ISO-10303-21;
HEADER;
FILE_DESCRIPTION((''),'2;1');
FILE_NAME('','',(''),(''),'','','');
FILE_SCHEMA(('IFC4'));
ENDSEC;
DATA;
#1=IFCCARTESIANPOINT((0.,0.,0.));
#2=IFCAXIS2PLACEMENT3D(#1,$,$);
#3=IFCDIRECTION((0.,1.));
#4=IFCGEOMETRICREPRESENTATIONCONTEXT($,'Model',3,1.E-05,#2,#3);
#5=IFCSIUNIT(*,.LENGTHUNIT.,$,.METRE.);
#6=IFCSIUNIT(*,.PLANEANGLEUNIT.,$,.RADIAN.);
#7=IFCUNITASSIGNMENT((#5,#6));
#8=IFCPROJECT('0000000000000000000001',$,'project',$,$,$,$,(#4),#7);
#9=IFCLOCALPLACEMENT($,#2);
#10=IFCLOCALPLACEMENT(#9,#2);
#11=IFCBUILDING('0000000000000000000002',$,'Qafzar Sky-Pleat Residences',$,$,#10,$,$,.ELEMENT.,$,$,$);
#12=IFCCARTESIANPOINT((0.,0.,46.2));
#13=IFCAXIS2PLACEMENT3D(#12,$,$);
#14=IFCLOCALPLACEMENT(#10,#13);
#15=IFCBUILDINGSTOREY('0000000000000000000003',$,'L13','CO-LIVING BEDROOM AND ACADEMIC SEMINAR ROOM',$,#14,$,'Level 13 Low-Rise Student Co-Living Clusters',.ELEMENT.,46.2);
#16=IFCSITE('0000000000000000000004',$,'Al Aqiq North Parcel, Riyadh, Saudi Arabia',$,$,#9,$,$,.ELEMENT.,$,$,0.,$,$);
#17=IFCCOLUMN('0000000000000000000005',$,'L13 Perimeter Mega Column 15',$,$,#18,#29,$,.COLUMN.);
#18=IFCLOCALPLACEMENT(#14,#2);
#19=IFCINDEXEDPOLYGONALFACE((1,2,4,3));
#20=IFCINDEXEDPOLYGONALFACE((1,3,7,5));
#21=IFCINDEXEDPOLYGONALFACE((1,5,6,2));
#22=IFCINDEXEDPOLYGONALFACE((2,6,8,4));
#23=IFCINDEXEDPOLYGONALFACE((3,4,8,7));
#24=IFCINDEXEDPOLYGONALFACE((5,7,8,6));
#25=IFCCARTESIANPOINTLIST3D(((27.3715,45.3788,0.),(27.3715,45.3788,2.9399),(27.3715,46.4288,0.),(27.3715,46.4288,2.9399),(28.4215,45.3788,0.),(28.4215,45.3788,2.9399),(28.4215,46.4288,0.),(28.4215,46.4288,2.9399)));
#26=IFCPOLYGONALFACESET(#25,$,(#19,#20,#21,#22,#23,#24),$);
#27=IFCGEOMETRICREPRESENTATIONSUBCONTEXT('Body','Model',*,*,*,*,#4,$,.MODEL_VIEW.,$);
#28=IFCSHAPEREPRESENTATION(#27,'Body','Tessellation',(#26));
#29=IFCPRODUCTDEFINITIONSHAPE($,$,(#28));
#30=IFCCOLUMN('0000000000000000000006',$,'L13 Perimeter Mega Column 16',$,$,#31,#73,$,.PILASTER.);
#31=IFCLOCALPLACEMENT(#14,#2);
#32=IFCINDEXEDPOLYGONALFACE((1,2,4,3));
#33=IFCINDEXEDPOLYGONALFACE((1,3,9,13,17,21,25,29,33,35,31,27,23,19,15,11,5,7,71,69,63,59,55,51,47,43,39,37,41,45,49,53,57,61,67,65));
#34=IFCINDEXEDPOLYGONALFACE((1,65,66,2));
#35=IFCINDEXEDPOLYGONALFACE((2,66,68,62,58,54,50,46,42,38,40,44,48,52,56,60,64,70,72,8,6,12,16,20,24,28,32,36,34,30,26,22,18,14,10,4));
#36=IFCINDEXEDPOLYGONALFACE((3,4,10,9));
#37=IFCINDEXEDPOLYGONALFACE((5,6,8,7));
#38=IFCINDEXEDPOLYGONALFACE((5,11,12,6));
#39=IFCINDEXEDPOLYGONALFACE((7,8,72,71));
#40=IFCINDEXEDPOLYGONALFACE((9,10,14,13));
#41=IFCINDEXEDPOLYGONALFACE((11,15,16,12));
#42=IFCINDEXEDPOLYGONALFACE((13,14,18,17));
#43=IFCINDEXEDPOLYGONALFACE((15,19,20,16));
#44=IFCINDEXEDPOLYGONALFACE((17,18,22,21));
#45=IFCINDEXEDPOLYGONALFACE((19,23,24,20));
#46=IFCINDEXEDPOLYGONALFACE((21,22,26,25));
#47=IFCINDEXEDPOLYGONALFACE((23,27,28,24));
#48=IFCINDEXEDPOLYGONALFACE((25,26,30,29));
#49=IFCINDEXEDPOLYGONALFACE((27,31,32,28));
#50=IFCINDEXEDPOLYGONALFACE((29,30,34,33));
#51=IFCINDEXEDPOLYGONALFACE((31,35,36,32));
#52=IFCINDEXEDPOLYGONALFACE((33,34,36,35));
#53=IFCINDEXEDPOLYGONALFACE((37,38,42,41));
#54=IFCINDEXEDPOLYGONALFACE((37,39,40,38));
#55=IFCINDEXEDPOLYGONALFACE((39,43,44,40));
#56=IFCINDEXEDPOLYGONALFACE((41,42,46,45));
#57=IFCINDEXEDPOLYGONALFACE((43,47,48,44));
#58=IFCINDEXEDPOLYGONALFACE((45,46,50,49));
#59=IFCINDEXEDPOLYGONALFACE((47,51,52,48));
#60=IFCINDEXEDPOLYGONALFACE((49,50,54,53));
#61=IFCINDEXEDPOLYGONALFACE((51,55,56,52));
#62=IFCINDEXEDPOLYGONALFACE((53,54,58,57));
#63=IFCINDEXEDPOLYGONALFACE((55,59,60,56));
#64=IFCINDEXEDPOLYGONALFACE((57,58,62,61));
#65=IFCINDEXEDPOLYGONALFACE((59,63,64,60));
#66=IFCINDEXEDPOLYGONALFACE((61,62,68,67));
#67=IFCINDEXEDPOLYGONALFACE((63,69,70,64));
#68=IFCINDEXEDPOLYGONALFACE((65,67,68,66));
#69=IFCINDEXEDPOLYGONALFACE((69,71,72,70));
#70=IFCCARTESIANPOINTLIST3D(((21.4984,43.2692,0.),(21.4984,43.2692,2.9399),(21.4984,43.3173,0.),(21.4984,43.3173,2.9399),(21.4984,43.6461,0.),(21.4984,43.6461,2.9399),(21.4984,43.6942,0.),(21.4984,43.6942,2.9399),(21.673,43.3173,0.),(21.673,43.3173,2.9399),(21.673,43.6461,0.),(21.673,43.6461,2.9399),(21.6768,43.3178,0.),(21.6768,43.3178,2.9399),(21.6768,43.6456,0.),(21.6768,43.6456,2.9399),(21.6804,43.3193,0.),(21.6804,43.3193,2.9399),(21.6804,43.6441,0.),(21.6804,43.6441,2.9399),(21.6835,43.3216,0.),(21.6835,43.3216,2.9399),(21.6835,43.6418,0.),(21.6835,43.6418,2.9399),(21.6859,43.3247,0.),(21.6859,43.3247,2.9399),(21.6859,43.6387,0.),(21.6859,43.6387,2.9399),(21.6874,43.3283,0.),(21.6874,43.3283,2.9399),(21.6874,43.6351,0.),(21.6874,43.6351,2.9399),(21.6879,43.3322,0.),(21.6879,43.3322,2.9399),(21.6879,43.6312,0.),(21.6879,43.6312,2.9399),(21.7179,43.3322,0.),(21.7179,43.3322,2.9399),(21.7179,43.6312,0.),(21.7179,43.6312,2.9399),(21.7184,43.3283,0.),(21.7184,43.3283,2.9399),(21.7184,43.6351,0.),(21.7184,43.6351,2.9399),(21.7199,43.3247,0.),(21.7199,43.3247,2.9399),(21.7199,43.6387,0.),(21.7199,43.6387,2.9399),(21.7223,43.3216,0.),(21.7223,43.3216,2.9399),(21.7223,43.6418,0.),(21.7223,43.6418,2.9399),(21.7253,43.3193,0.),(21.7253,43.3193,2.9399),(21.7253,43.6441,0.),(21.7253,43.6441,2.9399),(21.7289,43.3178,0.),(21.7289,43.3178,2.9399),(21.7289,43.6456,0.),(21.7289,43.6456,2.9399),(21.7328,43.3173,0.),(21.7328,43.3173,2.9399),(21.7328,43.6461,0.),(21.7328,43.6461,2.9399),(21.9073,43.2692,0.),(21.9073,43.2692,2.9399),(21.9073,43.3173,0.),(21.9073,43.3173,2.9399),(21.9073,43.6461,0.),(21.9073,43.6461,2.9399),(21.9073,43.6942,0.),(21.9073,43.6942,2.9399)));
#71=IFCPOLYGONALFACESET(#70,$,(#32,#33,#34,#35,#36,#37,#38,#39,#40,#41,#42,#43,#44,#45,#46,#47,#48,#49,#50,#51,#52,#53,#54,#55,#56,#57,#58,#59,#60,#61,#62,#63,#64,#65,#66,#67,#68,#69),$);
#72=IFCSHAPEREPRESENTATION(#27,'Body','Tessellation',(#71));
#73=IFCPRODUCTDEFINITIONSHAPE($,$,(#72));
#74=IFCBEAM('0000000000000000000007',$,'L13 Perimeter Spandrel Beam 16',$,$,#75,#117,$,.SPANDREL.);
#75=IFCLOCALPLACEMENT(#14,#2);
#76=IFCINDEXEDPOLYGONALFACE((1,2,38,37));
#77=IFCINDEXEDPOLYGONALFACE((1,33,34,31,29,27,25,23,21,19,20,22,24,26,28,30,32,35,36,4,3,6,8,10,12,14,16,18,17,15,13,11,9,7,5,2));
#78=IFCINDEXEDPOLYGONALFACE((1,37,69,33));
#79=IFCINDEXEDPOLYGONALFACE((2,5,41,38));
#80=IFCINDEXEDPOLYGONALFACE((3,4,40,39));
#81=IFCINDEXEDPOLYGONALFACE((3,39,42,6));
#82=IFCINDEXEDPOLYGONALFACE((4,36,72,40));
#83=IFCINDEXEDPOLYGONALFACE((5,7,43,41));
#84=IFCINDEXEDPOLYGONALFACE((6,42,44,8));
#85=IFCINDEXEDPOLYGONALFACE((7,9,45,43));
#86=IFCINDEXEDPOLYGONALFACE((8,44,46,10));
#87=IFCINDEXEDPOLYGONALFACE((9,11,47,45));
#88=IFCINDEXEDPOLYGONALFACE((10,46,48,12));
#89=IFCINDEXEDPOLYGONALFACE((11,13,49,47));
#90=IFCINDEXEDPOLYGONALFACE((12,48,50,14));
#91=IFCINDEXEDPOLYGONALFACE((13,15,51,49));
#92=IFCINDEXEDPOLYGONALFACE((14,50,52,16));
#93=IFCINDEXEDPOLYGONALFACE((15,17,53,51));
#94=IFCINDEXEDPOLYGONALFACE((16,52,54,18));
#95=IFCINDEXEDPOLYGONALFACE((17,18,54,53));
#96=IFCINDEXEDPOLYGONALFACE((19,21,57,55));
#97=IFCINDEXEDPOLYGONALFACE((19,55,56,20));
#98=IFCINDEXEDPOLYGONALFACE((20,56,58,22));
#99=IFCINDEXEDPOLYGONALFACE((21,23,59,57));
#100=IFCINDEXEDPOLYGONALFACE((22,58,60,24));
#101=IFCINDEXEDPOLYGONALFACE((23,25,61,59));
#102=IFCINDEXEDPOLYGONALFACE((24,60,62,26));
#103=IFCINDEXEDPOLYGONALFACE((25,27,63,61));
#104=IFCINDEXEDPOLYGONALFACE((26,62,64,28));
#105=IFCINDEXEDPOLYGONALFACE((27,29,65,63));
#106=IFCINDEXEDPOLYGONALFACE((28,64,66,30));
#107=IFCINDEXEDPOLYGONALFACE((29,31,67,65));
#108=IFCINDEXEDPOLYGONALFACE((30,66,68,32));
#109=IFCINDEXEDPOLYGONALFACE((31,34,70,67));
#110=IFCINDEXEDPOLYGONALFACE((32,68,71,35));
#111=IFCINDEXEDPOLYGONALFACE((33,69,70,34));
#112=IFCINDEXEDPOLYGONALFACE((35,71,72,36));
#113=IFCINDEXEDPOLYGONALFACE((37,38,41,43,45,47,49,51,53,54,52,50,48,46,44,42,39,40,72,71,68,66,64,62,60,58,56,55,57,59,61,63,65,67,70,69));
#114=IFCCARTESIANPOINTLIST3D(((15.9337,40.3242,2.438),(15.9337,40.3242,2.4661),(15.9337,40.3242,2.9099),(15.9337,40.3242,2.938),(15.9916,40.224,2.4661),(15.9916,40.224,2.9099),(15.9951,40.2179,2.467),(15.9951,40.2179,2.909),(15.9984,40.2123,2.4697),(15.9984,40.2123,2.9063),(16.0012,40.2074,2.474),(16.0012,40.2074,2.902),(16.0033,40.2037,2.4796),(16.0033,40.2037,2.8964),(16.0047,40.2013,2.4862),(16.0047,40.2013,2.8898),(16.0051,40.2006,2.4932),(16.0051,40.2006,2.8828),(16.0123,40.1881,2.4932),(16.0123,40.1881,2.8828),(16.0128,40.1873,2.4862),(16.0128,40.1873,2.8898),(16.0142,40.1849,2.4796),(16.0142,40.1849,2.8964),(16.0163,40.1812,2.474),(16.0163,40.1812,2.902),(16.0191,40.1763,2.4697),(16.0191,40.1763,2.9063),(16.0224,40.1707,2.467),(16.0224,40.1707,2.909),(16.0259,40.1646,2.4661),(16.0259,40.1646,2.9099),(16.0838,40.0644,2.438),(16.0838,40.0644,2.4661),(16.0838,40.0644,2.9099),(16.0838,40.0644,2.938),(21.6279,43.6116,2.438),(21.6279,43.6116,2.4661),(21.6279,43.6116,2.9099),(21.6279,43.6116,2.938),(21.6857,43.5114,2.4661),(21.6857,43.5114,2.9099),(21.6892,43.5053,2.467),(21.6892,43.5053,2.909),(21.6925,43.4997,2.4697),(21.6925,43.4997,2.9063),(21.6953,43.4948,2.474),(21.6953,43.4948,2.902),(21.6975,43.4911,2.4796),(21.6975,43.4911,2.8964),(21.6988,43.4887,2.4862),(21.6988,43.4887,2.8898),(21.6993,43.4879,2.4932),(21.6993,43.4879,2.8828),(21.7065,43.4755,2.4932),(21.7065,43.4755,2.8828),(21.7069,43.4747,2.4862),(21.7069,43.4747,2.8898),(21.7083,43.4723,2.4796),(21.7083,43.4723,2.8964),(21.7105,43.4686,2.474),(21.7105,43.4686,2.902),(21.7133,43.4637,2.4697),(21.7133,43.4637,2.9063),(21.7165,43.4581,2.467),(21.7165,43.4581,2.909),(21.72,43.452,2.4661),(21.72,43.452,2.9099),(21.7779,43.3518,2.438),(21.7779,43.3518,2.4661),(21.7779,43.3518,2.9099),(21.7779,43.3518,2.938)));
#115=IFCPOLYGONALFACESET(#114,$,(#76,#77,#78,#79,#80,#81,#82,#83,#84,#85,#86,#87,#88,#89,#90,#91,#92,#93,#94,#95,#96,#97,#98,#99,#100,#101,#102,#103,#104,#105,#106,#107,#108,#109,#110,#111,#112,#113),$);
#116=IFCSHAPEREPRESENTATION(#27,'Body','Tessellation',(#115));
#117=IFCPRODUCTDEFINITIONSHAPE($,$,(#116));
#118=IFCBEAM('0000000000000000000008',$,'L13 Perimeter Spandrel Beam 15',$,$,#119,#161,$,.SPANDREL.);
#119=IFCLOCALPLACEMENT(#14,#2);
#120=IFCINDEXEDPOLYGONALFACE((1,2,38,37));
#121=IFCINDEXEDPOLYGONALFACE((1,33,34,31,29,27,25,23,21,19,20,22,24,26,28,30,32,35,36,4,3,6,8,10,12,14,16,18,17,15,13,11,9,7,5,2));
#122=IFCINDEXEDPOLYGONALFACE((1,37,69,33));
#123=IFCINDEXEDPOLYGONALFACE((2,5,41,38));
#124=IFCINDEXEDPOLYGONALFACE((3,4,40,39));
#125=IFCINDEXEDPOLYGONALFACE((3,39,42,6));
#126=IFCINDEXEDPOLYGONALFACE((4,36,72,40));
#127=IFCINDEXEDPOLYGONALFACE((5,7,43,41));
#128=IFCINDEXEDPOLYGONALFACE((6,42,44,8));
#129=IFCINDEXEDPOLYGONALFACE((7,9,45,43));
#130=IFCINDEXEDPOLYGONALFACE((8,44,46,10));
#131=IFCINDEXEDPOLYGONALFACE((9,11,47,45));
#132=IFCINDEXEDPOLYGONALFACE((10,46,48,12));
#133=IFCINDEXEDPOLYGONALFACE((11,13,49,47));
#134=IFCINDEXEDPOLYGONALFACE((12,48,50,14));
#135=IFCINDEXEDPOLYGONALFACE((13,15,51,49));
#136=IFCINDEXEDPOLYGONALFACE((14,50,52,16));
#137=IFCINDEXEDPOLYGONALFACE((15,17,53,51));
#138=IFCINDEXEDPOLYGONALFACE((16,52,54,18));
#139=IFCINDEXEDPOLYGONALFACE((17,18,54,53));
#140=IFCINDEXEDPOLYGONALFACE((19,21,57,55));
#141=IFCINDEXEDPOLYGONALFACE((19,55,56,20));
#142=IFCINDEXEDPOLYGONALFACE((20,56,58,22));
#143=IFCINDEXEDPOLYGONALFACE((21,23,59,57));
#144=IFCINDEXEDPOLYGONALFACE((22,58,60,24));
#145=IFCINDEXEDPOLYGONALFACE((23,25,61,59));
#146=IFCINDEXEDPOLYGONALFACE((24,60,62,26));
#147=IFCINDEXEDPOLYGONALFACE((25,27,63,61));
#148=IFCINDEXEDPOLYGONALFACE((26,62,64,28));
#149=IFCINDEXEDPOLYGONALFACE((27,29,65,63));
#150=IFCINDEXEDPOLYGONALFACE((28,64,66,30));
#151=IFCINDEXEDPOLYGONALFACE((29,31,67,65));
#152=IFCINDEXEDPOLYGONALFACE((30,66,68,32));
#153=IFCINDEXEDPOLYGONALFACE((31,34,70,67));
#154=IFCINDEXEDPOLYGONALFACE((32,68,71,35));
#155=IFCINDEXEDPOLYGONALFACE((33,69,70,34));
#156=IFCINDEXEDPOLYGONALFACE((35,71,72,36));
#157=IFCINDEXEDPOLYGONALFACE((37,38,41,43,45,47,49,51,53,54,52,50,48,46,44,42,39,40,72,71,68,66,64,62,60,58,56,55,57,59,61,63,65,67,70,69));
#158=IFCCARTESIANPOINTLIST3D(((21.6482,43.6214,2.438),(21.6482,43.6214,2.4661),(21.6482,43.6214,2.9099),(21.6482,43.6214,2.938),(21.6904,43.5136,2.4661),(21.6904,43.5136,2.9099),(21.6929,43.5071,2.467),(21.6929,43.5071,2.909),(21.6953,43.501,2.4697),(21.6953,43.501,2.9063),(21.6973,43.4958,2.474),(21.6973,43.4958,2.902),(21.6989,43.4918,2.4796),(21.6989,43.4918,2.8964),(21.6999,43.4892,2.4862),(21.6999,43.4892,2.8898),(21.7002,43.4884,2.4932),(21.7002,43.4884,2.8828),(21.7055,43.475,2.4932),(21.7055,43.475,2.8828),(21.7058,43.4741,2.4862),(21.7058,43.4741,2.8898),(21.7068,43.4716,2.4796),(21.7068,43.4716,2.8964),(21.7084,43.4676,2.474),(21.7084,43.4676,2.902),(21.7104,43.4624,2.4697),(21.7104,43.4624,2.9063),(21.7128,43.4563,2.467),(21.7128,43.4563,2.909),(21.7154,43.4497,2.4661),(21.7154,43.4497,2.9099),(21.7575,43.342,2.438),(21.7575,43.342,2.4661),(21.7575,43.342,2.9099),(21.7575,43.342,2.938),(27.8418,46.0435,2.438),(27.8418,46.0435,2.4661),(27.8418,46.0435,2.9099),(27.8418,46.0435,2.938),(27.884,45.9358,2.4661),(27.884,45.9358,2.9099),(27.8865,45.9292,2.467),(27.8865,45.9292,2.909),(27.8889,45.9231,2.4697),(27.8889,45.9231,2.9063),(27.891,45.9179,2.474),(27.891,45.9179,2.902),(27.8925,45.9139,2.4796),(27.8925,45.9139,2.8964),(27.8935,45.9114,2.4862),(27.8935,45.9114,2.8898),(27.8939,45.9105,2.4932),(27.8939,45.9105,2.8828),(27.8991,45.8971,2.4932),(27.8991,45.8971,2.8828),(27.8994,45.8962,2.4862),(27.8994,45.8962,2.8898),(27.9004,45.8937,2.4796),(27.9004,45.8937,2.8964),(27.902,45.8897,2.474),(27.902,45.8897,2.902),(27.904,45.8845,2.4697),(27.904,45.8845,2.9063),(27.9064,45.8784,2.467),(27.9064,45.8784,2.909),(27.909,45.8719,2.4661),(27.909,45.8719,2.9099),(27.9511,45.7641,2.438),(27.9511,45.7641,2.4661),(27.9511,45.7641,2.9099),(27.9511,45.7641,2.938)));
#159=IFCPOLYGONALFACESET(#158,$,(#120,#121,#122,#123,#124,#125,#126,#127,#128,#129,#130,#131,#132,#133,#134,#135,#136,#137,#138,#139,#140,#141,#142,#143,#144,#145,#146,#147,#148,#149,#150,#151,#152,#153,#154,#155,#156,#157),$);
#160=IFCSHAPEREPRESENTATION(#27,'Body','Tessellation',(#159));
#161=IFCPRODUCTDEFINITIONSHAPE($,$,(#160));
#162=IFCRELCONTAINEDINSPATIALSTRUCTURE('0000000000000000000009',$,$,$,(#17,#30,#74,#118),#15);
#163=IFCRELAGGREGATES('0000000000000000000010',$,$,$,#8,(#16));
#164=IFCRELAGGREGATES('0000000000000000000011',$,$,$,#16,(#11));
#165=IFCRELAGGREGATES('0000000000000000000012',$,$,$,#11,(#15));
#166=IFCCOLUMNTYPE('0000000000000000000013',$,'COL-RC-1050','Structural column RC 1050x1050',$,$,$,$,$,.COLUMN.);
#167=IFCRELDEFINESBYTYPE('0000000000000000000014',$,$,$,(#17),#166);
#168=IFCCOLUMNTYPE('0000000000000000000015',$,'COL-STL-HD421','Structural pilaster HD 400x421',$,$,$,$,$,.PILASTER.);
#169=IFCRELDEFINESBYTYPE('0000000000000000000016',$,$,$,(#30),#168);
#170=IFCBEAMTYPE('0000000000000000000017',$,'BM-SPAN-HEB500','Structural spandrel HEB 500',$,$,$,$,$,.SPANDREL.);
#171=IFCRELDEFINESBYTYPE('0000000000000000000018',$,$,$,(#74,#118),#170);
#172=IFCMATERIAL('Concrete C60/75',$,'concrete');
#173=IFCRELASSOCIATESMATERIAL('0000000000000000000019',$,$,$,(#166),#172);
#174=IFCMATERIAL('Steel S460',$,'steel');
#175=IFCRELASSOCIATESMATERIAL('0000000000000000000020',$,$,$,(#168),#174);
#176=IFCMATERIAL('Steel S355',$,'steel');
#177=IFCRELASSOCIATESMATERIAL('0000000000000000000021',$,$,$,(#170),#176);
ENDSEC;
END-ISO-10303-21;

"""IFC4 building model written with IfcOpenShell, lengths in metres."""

from ifc_helpers import new_model, si_unit, direction, frame, origin, origin_2d, place, context, subcontext, project, spatial, rectangle, i_section, extrude, source, transform, mapped, material, material_profile, profile_set, type_object, element, save


model = new_model("IFC4")

# Units and contexts
model_context = context("Model", 3, precision=1e-05, world=origin(), true_north=direction((0.0, 1.0)))
body_context = subcontext(model_context, "Body", "Model", "MODEL_VIEW")
ifc_project = project(units=[si_unit("LENGTHUNIT", "METRE"), si_unit("PLANEANGLEUNIT", "RADIAN")], contexts=[model_context])

# Site, building, storey
site_placement = place(None, origin())
site = spatial("IfcSite", under=ifc_project, at=site_placement, Name="Al Aqiq North Parcel, Riyadh, Saudi Arabia", CompositionType="ELEMENT", RefElevation=0.0)
building_placement = place(site_placement, origin())
building = spatial("IfcBuilding", under=site, at=building_placement, Name="Qafzar Sky-Pleat Residences", CompositionType="ELEMENT")
storey_placement = place(building_placement, frame((0.0, 0.0, 46.2)))
storey = spatial("IfcBuildingStorey", under=building, at=storey_placement, Name="L13", Description="CO-LIVING BEDROOM AND ACADEMIC SEMINAR ROOM", LongName="Level 13 Low-Rise Student Co-Living Clusters", CompositionType="ELEMENT", Elevation=46.2)

# Columns
ifc_material_1 = material(Name="Concrete C60/75", Category="concrete")
ifc_material_profile_1 = material_profile(ifc_material_1, rectangle(XDim=1.05, YDim=1.05, at=origin_2d()), Name="RC 1050x1050")
ifc_profile_set_1 = profile_set([ifc_material_profile_1], Name="Concrete C60/75")
column_type_1 = type_object("IfcColumnType", Name="COL-RC-1050", Description="Structural column RC 1050x1050", PredefinedType="COLUMN", material=ifc_profile_set_1)
shared_shape_1 = source(origin(), body_context, "Body", "SweptSolid", [
    extrude(rectangle(XDim=1.05, YDim=1.05, at=origin_2d()), origin(), (0.0, 0.0, 1.0), 2.9399),
])
column_1_placement = place(storey_placement, frame((27.8965, 45.9038, 0.0), z_axis=(0.0, 0.0, 1.0), x_axis=(1.0, 0.0, 0.0)))
element("IfcColumn", 1, at=column_1_placement, inside=storey, type_object=column_type_1, Name="L13 Perimeter Mega Column 15", PredefinedType="COLUMN", context=body_context, shape_type="MappedRepresentation", body=[
    mapped(shared_shape_1, transform((0.0, 0.0, 0.0), x_axis=(1.0, 0.0, 0.0), y_axis=(0.0, 1.0, 0.0), z_axis=(0.0, 0.0, 1.0), scale=1.0)),
])
ifc_material_2 = material(Name="Steel S460", Category="steel")
ifc_material_profile_2 = material_profile(ifc_material_2, i_section(OverallWidth=0.4089, OverallDepth=0.425, WebThickness=0.03, FlangeThickness=0.0481, FilletRadius=0.0149, at=origin_2d()), Name="HD 400x421")
ifc_profile_set_2 = profile_set([ifc_material_profile_2], Name="Steel S460")
column_type_2 = type_object("IfcColumnType", Name="COL-STL-HD421", Description="Structural pilaster HD 400x421", PredefinedType="PILASTER", material=ifc_profile_set_2)
shared_shape_2 = source(origin(), body_context, "Body", "SweptSolid", [
    extrude(i_section(OverallWidth=0.4089, OverallDepth=0.425, WebThickness=0.03, FlangeThickness=0.0481, FilletRadius=0.0149, at=origin_2d()), origin(), (0.0, 0.0, 1.0), 2.9399),
])
column_2_placement = place(storey_placement, frame((21.7029, 43.4817, 0.0), z_axis=(0.0, 0.0, 1.0), x_axis=(1.0, 0.0, 0.0)))
element("IfcColumn", 2, at=column_2_placement, inside=storey, type_object=column_type_2, Name="L13 Perimeter Mega Column 16", PredefinedType="PILASTER", context=body_context, shape_type="MappedRepresentation", body=[
    mapped(shared_shape_2, transform((0.0, 0.0, 0.0), x_axis=(1.0, 0.0, 0.0), y_axis=(0.0, 1.0, 0.0), z_axis=(0.0, 0.0, 1.0), scale=1.0)),
])

# Beams
ifc_material_3 = material(Name="Steel S355", Category="steel")
ifc_material_profile_3 = material_profile(ifc_material_3, i_section(OverallWidth=0.3, OverallDepth=0.5, WebThickness=0.0144, FlangeThickness=0.0281, FilletRadius=0.0271, at=origin_2d()), Name="HEB 500")
ifc_profile_set_3 = profile_set([ifc_material_profile_3], Name="Steel S355")
beam_type_1 = type_object("IfcBeamType", Name="BM-SPAN-HEB500", Description="Structural spandrel HEB 500", PredefinedType="SPANDREL", material=ifc_profile_set_3)
shared_shape_3 = source(origin(), body_context, "Body", "SweptSolid", [
    extrude(i_section(OverallWidth=0.3, OverallDepth=0.5, WebThickness=0.0144, FlangeThickness=0.0281, FilletRadius=0.0271, at=origin_2d()), origin(), (0.0, 0.0, 1.0), 6.575),
])
beam_1_placement = place(storey_placement, frame((21.7029, 43.4817, 2.688), z_axis=(-0.866034, -0.499985, 0.0), x_axis=(0.499985, -0.866034, 0.0)))
element("IfcBeam", 3, at=beam_1_placement, inside=storey, type_object=beam_type_1, Name="L13 Perimeter Spandrel Beam 16", PredefinedType="SPANDREL", context=body_context, shape_type="MappedRepresentation", body=[
    mapped(shared_shape_3, transform((0.0, 0.0, 0.0), x_axis=(1.0, 0.0, 0.0), y_axis=(0.0, 1.0, 0.0), z_axis=(0.0, 0.0, 1.0), scale=1.0)),
])
shared_shape_4 = source(origin(), body_context, "Body", "SweptSolid", [
    extrude(i_section(OverallWidth=0.3, OverallDepth=0.5, WebThickness=0.0144, FlangeThickness=0.0281, FilletRadius=0.0271, at=origin_2d()), origin(), (0.0, 0.0, 1.0), 6.6504),
])
beam_2_placement = place(storey_placement, frame((27.8965, 45.9038, 2.688), z_axis=(-0.931318, -0.364208, 0.0), x_axis=(0.364208, -0.931318, 0.0)))
element("IfcBeam", 4, at=beam_2_placement, inside=storey, type_object=beam_type_1, Name="L13 Perimeter Spandrel Beam 15", PredefinedType="SPANDREL", context=body_context, shape_type="MappedRepresentation", body=[
    mapped(shared_shape_4, transform((0.0, 0.0, 0.0), x_axis=(1.0, 0.0, 0.0), y_axis=(0.0, 1.0, 0.0), z_axis=(0.0, 0.0, 1.0), scale=1.0)),
])

save(model, "model.ifc")
